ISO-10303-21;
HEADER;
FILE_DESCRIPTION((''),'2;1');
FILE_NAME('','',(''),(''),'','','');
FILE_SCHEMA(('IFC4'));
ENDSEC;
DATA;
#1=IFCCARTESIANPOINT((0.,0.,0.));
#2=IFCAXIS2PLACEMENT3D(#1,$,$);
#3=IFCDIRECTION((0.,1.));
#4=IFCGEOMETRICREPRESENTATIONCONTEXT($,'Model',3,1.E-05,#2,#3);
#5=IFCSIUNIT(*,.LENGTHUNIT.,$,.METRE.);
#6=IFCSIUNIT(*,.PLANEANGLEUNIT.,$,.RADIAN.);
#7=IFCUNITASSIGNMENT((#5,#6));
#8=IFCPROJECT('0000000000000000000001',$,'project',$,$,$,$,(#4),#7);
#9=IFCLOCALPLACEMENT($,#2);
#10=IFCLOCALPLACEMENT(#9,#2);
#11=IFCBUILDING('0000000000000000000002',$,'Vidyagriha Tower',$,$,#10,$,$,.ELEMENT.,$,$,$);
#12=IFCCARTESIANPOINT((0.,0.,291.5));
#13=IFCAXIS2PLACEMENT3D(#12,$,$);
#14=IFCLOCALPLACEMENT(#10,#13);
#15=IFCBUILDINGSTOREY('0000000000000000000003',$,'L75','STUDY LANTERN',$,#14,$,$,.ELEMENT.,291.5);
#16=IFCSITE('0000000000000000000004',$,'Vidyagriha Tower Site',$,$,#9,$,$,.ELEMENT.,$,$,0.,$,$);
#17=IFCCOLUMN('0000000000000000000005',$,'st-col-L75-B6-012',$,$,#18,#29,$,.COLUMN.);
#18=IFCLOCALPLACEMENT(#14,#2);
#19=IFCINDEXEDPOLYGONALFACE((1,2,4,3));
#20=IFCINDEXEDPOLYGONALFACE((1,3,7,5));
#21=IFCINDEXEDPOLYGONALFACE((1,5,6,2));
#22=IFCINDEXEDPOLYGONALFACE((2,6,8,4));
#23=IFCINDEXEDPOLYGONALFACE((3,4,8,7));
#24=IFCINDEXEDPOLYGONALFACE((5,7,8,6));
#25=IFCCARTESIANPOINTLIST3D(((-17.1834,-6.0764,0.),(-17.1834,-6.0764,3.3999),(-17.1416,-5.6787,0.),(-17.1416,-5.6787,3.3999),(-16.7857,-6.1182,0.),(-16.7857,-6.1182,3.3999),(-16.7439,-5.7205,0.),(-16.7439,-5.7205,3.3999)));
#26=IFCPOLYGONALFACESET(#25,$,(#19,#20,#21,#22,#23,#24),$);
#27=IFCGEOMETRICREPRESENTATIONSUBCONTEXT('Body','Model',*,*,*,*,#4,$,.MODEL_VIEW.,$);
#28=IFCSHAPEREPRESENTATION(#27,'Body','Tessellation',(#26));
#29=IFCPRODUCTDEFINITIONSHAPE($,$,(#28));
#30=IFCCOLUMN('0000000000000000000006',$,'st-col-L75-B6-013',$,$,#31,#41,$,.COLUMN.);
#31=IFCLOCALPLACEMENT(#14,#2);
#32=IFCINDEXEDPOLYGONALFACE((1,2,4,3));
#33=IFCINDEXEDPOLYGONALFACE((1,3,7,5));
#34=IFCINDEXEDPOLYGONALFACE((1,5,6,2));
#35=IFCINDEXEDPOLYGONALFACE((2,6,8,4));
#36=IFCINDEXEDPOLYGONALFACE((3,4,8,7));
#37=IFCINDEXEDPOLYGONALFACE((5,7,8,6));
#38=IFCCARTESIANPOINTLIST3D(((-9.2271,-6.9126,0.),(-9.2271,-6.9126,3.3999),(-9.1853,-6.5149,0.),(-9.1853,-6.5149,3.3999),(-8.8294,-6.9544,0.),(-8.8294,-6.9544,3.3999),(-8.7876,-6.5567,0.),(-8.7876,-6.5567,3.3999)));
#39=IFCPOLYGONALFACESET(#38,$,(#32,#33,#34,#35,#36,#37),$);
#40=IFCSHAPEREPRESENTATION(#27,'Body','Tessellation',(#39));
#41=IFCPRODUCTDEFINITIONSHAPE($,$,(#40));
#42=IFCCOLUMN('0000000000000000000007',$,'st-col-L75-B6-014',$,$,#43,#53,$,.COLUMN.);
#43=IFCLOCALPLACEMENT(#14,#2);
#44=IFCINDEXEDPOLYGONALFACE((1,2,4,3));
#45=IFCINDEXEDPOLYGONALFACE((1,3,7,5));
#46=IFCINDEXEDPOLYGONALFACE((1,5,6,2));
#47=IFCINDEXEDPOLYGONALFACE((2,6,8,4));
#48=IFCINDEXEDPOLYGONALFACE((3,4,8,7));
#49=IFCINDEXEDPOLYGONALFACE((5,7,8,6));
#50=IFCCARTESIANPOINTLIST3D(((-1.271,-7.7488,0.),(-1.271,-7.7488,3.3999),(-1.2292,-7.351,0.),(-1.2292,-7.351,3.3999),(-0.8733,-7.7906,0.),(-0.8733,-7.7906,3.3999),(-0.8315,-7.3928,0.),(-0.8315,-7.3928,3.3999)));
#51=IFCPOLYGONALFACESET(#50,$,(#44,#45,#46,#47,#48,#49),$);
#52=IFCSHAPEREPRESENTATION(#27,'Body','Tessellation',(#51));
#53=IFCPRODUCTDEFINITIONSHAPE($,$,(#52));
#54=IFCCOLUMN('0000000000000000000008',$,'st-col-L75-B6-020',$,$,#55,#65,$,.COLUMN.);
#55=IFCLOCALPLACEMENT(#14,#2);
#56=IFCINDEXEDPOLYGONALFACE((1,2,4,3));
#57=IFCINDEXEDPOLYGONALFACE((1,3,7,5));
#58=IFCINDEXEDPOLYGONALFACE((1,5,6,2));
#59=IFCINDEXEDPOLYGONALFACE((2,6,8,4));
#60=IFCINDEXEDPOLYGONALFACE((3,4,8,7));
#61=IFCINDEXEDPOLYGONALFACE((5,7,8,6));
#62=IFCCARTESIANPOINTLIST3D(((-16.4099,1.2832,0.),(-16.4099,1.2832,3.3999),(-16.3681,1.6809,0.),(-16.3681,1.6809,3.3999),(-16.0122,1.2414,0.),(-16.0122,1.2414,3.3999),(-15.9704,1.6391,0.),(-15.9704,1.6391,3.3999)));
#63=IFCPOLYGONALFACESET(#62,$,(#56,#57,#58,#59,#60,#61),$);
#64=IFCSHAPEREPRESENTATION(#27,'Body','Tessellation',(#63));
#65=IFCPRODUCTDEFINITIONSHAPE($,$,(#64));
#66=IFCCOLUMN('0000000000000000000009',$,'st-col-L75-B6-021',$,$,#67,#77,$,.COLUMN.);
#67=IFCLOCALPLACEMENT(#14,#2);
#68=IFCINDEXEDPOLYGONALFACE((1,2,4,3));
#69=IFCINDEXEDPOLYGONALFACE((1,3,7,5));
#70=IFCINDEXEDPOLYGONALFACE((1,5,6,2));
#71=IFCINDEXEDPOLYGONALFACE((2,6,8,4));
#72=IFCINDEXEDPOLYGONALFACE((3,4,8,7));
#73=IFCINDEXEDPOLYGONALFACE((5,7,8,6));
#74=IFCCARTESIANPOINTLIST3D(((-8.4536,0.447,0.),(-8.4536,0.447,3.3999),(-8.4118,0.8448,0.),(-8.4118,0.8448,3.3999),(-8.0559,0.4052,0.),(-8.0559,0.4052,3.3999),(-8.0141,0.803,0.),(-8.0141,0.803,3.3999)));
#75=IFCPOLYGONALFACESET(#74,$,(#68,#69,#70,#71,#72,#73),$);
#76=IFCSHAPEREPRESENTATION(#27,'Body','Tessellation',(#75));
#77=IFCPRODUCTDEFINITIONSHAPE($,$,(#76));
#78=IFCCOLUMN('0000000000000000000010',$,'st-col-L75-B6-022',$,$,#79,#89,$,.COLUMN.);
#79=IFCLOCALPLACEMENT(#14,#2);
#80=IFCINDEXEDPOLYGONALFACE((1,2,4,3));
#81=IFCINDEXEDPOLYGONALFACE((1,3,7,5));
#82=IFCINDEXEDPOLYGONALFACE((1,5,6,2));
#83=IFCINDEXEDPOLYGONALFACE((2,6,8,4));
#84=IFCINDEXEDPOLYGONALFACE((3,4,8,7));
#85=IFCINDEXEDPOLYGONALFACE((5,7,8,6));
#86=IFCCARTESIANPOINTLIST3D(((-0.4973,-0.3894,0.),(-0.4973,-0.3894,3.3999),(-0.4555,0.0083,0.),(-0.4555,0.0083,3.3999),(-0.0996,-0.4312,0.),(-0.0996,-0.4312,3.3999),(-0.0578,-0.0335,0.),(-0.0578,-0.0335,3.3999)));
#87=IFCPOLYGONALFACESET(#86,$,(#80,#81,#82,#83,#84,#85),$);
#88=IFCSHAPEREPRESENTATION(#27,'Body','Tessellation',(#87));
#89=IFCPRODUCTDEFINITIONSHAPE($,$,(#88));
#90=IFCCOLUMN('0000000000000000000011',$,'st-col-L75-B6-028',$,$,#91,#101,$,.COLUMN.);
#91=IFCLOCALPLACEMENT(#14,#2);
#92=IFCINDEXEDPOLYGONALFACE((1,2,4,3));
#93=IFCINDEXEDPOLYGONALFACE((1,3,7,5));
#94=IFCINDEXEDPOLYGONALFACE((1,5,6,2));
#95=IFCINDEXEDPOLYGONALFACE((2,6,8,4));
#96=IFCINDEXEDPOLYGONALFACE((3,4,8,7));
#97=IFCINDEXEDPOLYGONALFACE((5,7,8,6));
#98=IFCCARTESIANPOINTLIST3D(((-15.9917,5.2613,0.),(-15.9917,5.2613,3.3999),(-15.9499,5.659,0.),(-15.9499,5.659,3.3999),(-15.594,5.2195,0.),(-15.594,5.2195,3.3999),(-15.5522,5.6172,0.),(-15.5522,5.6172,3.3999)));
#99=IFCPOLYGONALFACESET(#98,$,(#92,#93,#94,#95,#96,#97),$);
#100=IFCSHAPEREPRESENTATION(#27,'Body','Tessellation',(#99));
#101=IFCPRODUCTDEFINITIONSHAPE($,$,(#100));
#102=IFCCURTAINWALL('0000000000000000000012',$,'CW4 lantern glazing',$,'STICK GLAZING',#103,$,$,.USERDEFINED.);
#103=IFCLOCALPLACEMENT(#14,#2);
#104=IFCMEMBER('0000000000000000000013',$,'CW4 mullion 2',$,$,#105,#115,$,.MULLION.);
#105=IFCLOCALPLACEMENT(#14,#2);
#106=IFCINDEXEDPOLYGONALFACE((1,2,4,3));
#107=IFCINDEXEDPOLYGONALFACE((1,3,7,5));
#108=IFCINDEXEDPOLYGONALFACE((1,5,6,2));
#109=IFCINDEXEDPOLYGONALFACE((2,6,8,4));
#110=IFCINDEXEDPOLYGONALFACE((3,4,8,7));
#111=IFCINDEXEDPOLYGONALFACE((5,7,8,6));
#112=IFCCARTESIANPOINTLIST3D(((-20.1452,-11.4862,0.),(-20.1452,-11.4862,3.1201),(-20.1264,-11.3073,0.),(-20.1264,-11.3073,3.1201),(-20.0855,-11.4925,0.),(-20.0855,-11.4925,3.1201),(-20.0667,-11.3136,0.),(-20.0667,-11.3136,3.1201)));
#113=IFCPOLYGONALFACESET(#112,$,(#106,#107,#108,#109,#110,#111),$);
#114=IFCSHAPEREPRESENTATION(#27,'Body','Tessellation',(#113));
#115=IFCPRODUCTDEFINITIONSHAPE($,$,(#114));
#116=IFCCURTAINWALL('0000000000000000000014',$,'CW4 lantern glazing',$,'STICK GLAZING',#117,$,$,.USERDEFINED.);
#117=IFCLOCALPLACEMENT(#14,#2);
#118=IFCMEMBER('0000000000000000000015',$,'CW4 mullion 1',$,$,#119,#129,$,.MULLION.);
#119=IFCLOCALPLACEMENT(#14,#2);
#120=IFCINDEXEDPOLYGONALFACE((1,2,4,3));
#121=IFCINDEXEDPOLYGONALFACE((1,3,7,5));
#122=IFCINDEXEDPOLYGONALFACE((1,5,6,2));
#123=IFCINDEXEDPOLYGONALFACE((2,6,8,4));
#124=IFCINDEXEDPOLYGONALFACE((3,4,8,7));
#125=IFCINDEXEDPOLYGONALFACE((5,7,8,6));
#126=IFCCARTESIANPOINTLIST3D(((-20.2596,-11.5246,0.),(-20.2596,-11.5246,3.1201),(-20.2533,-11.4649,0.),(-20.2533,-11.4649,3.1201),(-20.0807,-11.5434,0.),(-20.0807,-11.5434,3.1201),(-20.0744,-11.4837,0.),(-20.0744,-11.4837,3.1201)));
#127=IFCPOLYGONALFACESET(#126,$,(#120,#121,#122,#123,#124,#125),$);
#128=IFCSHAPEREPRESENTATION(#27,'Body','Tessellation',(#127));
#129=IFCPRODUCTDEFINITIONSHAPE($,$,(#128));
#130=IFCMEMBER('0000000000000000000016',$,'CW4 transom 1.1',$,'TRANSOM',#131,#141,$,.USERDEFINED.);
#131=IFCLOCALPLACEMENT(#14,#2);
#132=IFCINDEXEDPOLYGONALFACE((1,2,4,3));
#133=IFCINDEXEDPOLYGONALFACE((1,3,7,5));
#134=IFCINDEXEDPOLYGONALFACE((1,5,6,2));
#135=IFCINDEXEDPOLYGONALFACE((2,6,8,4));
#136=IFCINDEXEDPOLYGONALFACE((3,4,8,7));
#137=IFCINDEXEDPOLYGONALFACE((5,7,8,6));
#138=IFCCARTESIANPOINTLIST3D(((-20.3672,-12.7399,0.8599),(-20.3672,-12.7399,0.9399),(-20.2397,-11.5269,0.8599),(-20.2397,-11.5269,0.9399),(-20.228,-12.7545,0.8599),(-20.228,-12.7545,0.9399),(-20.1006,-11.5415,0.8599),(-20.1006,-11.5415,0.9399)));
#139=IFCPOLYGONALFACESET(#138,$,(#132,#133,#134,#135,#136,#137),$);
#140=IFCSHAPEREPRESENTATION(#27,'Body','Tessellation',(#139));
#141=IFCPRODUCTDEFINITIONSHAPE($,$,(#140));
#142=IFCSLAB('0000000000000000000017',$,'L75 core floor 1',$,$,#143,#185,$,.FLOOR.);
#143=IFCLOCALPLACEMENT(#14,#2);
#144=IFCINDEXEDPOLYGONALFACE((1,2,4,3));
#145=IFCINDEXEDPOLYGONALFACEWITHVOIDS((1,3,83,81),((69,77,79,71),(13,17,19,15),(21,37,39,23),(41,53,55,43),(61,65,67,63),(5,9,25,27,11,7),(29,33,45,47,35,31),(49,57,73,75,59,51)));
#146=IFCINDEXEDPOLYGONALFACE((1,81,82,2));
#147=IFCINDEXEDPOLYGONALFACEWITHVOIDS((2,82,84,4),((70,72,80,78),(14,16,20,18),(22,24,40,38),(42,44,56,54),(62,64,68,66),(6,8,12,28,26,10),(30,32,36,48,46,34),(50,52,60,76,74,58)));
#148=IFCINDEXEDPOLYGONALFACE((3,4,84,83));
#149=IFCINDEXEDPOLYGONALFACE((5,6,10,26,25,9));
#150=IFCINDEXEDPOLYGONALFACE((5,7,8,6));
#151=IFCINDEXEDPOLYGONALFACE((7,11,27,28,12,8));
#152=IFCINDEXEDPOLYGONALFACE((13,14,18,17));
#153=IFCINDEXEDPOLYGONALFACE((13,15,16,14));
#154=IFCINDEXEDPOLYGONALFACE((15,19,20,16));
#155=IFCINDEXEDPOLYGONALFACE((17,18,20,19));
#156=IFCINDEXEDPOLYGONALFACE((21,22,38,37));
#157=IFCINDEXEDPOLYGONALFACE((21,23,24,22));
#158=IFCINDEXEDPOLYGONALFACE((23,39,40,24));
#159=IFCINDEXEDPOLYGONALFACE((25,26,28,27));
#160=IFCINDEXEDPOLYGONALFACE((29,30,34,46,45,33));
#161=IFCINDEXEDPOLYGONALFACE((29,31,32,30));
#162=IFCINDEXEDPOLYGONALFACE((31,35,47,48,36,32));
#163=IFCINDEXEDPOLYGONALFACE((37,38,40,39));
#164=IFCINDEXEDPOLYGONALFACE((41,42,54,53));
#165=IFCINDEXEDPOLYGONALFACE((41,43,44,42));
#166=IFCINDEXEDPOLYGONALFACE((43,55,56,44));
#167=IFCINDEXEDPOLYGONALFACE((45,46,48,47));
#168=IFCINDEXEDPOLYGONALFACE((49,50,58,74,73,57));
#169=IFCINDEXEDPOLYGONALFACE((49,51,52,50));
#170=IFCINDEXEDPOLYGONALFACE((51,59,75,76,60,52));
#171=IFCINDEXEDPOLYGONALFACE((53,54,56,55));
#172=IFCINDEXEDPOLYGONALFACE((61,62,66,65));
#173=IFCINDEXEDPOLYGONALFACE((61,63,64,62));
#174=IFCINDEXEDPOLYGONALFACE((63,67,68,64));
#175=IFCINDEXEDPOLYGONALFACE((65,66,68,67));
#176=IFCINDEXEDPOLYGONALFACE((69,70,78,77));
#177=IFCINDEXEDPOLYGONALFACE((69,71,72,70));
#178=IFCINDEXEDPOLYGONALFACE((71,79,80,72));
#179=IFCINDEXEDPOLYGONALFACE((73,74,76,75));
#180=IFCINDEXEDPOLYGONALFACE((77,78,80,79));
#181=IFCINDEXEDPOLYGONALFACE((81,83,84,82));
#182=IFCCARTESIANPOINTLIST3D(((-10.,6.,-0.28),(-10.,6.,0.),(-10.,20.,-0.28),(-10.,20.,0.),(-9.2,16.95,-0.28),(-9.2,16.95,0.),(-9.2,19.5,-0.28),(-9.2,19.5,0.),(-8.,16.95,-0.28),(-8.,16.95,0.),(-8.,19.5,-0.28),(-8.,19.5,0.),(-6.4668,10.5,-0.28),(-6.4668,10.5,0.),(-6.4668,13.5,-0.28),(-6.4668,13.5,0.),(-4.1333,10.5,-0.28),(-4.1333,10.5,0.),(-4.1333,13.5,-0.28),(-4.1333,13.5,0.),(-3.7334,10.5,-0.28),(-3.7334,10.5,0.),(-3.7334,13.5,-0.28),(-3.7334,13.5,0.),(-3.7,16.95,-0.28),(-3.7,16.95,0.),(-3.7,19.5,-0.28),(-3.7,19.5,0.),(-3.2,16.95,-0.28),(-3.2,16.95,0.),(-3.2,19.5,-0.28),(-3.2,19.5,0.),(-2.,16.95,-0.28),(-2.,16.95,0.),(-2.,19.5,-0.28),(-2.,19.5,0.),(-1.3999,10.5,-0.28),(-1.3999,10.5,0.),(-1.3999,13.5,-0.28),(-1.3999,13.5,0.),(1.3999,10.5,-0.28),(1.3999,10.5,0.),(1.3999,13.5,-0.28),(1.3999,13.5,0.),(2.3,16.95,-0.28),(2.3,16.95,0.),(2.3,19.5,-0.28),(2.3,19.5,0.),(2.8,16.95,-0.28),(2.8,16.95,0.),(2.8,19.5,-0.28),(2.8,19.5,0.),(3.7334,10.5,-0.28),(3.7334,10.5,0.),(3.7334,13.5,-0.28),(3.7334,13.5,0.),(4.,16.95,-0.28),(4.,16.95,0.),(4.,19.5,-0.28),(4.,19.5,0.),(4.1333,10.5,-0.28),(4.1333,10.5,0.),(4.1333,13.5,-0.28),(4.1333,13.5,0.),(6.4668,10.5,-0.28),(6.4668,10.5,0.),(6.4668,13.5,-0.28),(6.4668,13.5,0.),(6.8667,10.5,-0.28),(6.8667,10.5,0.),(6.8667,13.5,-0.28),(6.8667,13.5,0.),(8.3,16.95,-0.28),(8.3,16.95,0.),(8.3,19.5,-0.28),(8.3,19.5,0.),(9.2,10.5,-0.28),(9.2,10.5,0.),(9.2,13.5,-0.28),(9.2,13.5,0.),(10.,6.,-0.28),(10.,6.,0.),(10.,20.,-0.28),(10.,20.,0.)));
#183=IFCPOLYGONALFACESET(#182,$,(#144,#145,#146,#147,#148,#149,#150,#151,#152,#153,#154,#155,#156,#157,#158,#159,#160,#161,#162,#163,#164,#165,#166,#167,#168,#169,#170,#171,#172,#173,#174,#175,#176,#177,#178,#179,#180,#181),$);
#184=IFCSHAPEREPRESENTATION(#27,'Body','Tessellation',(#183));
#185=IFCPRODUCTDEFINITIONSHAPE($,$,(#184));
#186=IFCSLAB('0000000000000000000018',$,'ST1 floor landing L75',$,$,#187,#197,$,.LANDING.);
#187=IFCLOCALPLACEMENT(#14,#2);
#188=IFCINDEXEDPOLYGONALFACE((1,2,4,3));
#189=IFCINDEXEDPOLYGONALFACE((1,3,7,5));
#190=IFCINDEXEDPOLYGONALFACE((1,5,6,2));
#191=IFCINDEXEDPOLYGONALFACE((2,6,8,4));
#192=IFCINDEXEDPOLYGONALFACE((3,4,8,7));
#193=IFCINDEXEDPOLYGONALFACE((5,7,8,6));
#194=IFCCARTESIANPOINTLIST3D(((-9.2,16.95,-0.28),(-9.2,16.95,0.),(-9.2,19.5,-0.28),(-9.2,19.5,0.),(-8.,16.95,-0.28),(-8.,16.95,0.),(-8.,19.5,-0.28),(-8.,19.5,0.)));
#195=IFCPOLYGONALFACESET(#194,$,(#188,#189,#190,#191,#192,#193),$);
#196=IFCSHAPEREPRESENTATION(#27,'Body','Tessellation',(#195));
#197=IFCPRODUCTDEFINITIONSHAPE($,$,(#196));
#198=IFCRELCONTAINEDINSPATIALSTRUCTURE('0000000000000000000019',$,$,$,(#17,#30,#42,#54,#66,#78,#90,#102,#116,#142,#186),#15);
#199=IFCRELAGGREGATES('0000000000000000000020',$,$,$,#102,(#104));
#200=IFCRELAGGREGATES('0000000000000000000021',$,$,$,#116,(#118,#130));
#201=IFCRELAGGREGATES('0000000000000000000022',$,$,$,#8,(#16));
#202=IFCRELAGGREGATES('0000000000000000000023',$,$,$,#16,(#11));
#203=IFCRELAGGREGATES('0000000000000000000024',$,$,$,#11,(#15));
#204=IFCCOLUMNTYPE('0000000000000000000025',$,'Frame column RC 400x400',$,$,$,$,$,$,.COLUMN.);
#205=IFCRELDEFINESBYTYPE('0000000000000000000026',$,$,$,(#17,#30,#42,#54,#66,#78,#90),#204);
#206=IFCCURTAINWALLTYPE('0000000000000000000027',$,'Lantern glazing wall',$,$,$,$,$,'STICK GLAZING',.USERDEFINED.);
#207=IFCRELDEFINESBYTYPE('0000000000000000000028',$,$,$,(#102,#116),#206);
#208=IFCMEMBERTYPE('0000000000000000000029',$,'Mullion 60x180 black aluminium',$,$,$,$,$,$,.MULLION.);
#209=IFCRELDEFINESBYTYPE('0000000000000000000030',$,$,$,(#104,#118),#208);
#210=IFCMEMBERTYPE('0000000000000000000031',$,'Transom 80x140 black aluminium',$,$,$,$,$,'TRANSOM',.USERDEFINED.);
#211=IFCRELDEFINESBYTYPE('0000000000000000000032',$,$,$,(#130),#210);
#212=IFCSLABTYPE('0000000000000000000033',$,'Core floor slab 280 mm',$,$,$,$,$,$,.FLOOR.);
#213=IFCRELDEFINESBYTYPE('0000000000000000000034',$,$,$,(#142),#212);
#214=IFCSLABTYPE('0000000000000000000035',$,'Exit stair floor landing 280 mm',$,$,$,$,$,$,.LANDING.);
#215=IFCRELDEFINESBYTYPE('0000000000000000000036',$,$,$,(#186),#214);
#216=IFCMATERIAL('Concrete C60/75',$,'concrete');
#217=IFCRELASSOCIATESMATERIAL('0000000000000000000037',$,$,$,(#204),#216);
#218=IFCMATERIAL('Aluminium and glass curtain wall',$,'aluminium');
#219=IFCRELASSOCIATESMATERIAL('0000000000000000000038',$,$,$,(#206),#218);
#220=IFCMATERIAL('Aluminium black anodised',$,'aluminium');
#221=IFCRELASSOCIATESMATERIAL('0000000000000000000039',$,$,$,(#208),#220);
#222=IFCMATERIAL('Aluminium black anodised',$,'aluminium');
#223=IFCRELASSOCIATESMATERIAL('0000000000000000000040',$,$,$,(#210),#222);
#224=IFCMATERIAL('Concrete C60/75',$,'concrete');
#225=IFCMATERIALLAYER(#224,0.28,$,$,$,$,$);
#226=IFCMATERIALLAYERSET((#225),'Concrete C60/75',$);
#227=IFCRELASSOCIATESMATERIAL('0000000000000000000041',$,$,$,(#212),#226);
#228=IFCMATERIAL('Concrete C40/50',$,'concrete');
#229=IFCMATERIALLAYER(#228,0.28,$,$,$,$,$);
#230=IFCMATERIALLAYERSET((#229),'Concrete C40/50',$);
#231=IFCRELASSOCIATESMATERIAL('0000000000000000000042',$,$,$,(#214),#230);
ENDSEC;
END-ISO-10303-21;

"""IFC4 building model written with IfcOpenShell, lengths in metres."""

from ifc_helpers import new_model, si_unit, direction, frame, origin, origin_2d, place, context, subcontext, project, spatial, polyline, rectangle, outline, extrude, material, layer, layer_set, material_profile, profile_set, type_object, element, aggregate, save


model = new_model("IFC4")

# Units and contexts
model_context = context("Model", 3, precision=1e-05, world=origin(), true_north=direction((0.0, 1.0)))
body_context = subcontext(model_context, "Body", "Model", "MODEL_VIEW")
ifc_project = project(units=[si_unit("LENGTHUNIT", "METRE"), si_unit("PLANEANGLEUNIT", "RADIAN")], contexts=[model_context])

# Site, building, storey
site_placement = place(None, origin())
site = spatial("IfcSite", under=ifc_project, at=site_placement, Name="Vidyagriha Tower Site", CompositionType="ELEMENT", RefElevation=0.0)
building_placement = place(site_placement, origin())
building = spatial("IfcBuilding", under=site, at=building_placement, Name="Vidyagriha Tower", CompositionType="ELEMENT")
storey_placement = place(building_placement, frame((0.0, 0.0, 291.5)))
storey = spatial("IfcBuildingStorey", under=building, at=storey_placement, Name="L75", Description="STUDY LANTERN", CompositionType="ELEMENT", Elevation=291.5)

# Columns
ifc_material_1 = material(Name="Concrete C60/75", Category="concrete")
ifc_material_profile_1 = material_profile(ifc_material_1, rectangle(XDim=0.3999, YDim=0.3999, at=origin_2d()), Name="RC 400x400")
ifc_profile_set_1 = profile_set([ifc_material_profile_1], Name="Concrete C60/75")
column_type = type_object("IfcColumnType", Name="Frame column RC 400x400", PredefinedType="COLUMN", material=ifc_profile_set_1)
for number, where, z_axis, x_axis, name in (
    (1, (-16.9636, -5.8984, 0.0), (0.0, 0.0, 1.0), (0.994522, -0.104528, 0.0), "st-col-L75-B6-012"),
    (2, (-9.0073, -6.7346, 0.0), (0.0, 0.0, 1.0), (0.994522, -0.104528, 0.0), "st-col-L75-B6-013"),
    (3, (-1.0513, -7.5708, 0.0), (0.0, 0.0, 1.0), (0.994522, -0.104528, 0.0), "st-col-L75-B6-014"),
    (4, (-16.1902, 1.4612, 0.0), (0.0, 0.0, 1.0), (0.994522, -0.104528, 0.0), "st-col-L75-B6-020"),
    (5, (-8.2339, 0.625, 0.0), (0.0, 0.0, 1.0), (0.994522, -0.104528, 0.0), "st-col-L75-B6-021"),
    (6, (-0.2776, -0.2114, 0.0), (0.0, 0.0, 1.0), (0.994522, -0.104528, 0.0), "st-col-L75-B6-022"),
    (7, (-15.772, 5.4392, 0.0), (0.0, 0.0, 1.0), (0.994522, -0.104528, 0.0), "st-col-L75-B6-028"),
):
    element("IfcColumn", number, at=place(storey_placement, frame(where, z_axis=z_axis, x_axis=x_axis)), inside=storey, type_object=column_type, Name=name, PredefinedType="COLUMN", context=body_context, shape_type="SweptSolid", body=[
        extrude(rectangle(XDim=0.3999, YDim=0.3999, at=origin_2d()), origin(), (0.0, 0.0, 1.0), 3.3999),
    ])

# Curtain wall, member
ifc_material_2 = material(Name="Aluminium and glass curtain wall", Category="aluminium")
curtain_wall_type = type_object("IfcCurtainWallType", Name="Lantern glazing wall", ElementType="STICK GLAZING", PredefinedType="USERDEFINED", material=ifc_material_2)
curtain_wall_1_placement = place(storey_placement, origin())
curtain_wall_1 = element("IfcCurtainWall", 8, at=curtain_wall_1_placement, inside=storey, type_object=curtain_wall_type, Name="CW4 lantern glazing", ObjectType="STICK GLAZING", PredefinedType="USERDEFINED")
ifc_material_3 = material(Name="Aluminium black anodised", Category="aluminium")
ifc_material_profile_2 = material_profile(ifc_material_3, rectangle(XDim=0.1799, YDim=0.0601, at=origin_2d()), Name="Mullion 60x180 black aluminium")
ifc_profile_set_2 = profile_set([ifc_material_profile_2], Name="Aluminium black anodised")
member_type_1 = type_object("IfcMemberType", Name="Mullion 60x180 black aluminium", PredefinedType="MULLION", material=ifc_profile_set_2)
member_1_placement = place(storey_placement, frame((-20.106, -11.3999, 0.0), z_axis=(0.0, 0.0, 1.0), x_axis=(0.104519, 0.994523, 0.0)))
member_1 = element("IfcMember", 9, at=member_1_placement, type_object=member_type_1, Name="CW4 mullion 2", PredefinedType="MULLION", context=body_context, shape_type="SweptSolid", body=[
    extrude(rectangle(XDim=0.1799, YDim=0.0601, at=origin_2d()), origin(), (0.0, 0.0, 1.0), 3.1201),
])
aggregate(curtain_wall_1, [member_1])

# Curtain wall, members
curtain_wall_2_placement = place(storey_placement, origin())
curtain_wall_2 = element("IfcCurtainWall", 10, at=curtain_wall_2_placement, inside=storey, type_object=curtain_wall_type, Name="CW4 lantern glazing", ObjectType="STICK GLAZING", PredefinedType="USERDEFINED")
member_2_placement = place(storey_placement, frame((-20.167, -11.5042, 0.0), z_axis=(0.0, 0.0, 1.0), x_axis=(0.994519, -0.104557, 0.0)))
member_2 = element("IfcMember", 11, at=member_2_placement, type_object=member_type_1, Name="CW4 mullion 1", PredefinedType="MULLION", context=body_context, shape_type="SweptSolid", body=[
    extrude(rectangle(XDim=0.1799, YDim=0.0601, at=origin_2d()), origin(), (0.0, 0.0, 1.0), 3.1201),
])
ifc_material_4 = material(Name="Aluminium black anodised", Category="aluminium")
ifc_material_profile_3 = material_profile(ifc_material_4, rectangle(XDim=0.1399, YDim=0.0801, at=origin_2d()), Name="Transom 80x140 black aluminium")
ifc_profile_set_3 = profile_set([ifc_material_profile_3], Name="Aluminium black anodised")
member_type_2 = type_object("IfcMemberType", Name="Transom 80x140 black aluminium", ElementType="TRANSOM", PredefinedType="USERDEFINED", material=ifc_profile_set_3)
member_3_placement = place(storey_placement, frame((-20.1702, -11.5342, 0.8999), z_axis=(-0.104476, -0.994527, 0.0), x_axis=(0.994527, -0.104476, 0.0)))
member_3 = element("IfcMember", 12, at=member_3_placement, type_object=member_type_2, Name="CW4 transom 1.1", ObjectType="TRANSOM", PredefinedType="USERDEFINED", context=body_context, shape_type="SweptSolid", body=[
    extrude(rectangle(XDim=0.1399, YDim=0.0801, at=origin_2d()), origin(), (0.0, 0.0, 1.0), 1.2197),
])
aggregate(curtain_wall_2, [member_2, member_3])

# Slabs
ifc_material_5 = material(Name="Concrete C60/75", Category="concrete")
ifc_layer_1 = layer(ifc_material_5, 0.28)
ifc_layer_set_1 = layer_set([ifc_layer_1], Name="Concrete C60/75")
slab_type_1 = type_object("IfcSlabType", Name="Core floor slab 280 mm", PredefinedType="FLOOR", material=ifc_layer_set_1)
slab_1_placement = place(storey_placement, frame((0.0, 0.0, -0.28)))
element("IfcSlab", 13, at=slab_1_placement, inside=storey, type_object=slab_type_1, Name="L75 core floor 1", PredefinedType="FLOOR", context=body_context, shape_type="SweptSolid", body=[
    extrude(outline(polyline([(-10.0, 6.0), (-10.0, 20.0), (10.0, 20.0), (10.0, 6.0), (-10.0, 6.0)]), holes=[polyline([(6.8667, 13.5), (6.8667, 10.5), (9.2, 10.5), (9.2, 13.5), (6.8667, 13.5)]), polyline([(4.0, 19.5), (2.8, 19.5), (2.8, 16.95), (4.0, 16.95), (8.3, 16.95), (8.3, 19.5), (4.0, 19.5)]), polyline([(6.4668, 13.5), (4.1333, 13.5), (4.1333, 10.5), (6.4668, 10.5), (6.4668, 13.5)]), polyline([(3.7334, 13.5), (1.3999, 13.5), (1.3999, 10.5), (3.7334, 10.5), (3.7334, 13.5)]), polyline([(-2.0, 16.95), (2.3, 16.95), (2.3, 19.5), (-2.0, 19.5), (-3.2, 19.5), (-3.2, 16.95), (-2.0, 16.95)]), polyline([(-3.7334, 13.5), (-3.7334, 10.5), (-1.3999, 10.5), (-1.3999, 13.5), (-3.7334, 13.5)]), polyline([(-9.2, 19.5), (-9.2, 16.95), (-8.0, 16.95), (-3.7, 16.95), (-3.7, 19.5), (-8.0, 19.5), (-9.2, 19.5)]), polyline([(-6.4668, 13.5), (-6.4668, 10.5), (-4.1333, 10.5), (-4.1333, 13.5), (-6.4668, 13.5)])]), origin(), (0.0, 0.0, 1.0), 0.28),
])
ifc_material_6 = material(Name="Concrete C40/50", Category="concrete")
ifc_layer_2 = layer(ifc_material_6, 0.28)
ifc_layer_set_2 = layer_set([ifc_layer_2], Name="Concrete C40/50")
slab_type_2 = type_object("IfcSlabType", Name="Exit stair floor landing 280 mm", PredefinedType="LANDING", material=ifc_layer_set_2)
slab_2_placement = place(storey_placement, frame((0.0, 0.0, -0.28)))
element("IfcSlab", 14, at=slab_2_placement, inside=storey, type_object=slab_type_2, Name="ST1 floor landing L75", PredefinedType="LANDING", context=body_context, shape_type="SweptSolid", body=[
    extrude(outline(polyline([(-9.2, 16.95), (-8.0, 16.95), (-8.0, 19.5), (-9.2, 19.5), (-9.2, 16.95)])), origin(), (0.0, 0.0, 1.0), 0.28),
])

save(model, "model.ifc")
